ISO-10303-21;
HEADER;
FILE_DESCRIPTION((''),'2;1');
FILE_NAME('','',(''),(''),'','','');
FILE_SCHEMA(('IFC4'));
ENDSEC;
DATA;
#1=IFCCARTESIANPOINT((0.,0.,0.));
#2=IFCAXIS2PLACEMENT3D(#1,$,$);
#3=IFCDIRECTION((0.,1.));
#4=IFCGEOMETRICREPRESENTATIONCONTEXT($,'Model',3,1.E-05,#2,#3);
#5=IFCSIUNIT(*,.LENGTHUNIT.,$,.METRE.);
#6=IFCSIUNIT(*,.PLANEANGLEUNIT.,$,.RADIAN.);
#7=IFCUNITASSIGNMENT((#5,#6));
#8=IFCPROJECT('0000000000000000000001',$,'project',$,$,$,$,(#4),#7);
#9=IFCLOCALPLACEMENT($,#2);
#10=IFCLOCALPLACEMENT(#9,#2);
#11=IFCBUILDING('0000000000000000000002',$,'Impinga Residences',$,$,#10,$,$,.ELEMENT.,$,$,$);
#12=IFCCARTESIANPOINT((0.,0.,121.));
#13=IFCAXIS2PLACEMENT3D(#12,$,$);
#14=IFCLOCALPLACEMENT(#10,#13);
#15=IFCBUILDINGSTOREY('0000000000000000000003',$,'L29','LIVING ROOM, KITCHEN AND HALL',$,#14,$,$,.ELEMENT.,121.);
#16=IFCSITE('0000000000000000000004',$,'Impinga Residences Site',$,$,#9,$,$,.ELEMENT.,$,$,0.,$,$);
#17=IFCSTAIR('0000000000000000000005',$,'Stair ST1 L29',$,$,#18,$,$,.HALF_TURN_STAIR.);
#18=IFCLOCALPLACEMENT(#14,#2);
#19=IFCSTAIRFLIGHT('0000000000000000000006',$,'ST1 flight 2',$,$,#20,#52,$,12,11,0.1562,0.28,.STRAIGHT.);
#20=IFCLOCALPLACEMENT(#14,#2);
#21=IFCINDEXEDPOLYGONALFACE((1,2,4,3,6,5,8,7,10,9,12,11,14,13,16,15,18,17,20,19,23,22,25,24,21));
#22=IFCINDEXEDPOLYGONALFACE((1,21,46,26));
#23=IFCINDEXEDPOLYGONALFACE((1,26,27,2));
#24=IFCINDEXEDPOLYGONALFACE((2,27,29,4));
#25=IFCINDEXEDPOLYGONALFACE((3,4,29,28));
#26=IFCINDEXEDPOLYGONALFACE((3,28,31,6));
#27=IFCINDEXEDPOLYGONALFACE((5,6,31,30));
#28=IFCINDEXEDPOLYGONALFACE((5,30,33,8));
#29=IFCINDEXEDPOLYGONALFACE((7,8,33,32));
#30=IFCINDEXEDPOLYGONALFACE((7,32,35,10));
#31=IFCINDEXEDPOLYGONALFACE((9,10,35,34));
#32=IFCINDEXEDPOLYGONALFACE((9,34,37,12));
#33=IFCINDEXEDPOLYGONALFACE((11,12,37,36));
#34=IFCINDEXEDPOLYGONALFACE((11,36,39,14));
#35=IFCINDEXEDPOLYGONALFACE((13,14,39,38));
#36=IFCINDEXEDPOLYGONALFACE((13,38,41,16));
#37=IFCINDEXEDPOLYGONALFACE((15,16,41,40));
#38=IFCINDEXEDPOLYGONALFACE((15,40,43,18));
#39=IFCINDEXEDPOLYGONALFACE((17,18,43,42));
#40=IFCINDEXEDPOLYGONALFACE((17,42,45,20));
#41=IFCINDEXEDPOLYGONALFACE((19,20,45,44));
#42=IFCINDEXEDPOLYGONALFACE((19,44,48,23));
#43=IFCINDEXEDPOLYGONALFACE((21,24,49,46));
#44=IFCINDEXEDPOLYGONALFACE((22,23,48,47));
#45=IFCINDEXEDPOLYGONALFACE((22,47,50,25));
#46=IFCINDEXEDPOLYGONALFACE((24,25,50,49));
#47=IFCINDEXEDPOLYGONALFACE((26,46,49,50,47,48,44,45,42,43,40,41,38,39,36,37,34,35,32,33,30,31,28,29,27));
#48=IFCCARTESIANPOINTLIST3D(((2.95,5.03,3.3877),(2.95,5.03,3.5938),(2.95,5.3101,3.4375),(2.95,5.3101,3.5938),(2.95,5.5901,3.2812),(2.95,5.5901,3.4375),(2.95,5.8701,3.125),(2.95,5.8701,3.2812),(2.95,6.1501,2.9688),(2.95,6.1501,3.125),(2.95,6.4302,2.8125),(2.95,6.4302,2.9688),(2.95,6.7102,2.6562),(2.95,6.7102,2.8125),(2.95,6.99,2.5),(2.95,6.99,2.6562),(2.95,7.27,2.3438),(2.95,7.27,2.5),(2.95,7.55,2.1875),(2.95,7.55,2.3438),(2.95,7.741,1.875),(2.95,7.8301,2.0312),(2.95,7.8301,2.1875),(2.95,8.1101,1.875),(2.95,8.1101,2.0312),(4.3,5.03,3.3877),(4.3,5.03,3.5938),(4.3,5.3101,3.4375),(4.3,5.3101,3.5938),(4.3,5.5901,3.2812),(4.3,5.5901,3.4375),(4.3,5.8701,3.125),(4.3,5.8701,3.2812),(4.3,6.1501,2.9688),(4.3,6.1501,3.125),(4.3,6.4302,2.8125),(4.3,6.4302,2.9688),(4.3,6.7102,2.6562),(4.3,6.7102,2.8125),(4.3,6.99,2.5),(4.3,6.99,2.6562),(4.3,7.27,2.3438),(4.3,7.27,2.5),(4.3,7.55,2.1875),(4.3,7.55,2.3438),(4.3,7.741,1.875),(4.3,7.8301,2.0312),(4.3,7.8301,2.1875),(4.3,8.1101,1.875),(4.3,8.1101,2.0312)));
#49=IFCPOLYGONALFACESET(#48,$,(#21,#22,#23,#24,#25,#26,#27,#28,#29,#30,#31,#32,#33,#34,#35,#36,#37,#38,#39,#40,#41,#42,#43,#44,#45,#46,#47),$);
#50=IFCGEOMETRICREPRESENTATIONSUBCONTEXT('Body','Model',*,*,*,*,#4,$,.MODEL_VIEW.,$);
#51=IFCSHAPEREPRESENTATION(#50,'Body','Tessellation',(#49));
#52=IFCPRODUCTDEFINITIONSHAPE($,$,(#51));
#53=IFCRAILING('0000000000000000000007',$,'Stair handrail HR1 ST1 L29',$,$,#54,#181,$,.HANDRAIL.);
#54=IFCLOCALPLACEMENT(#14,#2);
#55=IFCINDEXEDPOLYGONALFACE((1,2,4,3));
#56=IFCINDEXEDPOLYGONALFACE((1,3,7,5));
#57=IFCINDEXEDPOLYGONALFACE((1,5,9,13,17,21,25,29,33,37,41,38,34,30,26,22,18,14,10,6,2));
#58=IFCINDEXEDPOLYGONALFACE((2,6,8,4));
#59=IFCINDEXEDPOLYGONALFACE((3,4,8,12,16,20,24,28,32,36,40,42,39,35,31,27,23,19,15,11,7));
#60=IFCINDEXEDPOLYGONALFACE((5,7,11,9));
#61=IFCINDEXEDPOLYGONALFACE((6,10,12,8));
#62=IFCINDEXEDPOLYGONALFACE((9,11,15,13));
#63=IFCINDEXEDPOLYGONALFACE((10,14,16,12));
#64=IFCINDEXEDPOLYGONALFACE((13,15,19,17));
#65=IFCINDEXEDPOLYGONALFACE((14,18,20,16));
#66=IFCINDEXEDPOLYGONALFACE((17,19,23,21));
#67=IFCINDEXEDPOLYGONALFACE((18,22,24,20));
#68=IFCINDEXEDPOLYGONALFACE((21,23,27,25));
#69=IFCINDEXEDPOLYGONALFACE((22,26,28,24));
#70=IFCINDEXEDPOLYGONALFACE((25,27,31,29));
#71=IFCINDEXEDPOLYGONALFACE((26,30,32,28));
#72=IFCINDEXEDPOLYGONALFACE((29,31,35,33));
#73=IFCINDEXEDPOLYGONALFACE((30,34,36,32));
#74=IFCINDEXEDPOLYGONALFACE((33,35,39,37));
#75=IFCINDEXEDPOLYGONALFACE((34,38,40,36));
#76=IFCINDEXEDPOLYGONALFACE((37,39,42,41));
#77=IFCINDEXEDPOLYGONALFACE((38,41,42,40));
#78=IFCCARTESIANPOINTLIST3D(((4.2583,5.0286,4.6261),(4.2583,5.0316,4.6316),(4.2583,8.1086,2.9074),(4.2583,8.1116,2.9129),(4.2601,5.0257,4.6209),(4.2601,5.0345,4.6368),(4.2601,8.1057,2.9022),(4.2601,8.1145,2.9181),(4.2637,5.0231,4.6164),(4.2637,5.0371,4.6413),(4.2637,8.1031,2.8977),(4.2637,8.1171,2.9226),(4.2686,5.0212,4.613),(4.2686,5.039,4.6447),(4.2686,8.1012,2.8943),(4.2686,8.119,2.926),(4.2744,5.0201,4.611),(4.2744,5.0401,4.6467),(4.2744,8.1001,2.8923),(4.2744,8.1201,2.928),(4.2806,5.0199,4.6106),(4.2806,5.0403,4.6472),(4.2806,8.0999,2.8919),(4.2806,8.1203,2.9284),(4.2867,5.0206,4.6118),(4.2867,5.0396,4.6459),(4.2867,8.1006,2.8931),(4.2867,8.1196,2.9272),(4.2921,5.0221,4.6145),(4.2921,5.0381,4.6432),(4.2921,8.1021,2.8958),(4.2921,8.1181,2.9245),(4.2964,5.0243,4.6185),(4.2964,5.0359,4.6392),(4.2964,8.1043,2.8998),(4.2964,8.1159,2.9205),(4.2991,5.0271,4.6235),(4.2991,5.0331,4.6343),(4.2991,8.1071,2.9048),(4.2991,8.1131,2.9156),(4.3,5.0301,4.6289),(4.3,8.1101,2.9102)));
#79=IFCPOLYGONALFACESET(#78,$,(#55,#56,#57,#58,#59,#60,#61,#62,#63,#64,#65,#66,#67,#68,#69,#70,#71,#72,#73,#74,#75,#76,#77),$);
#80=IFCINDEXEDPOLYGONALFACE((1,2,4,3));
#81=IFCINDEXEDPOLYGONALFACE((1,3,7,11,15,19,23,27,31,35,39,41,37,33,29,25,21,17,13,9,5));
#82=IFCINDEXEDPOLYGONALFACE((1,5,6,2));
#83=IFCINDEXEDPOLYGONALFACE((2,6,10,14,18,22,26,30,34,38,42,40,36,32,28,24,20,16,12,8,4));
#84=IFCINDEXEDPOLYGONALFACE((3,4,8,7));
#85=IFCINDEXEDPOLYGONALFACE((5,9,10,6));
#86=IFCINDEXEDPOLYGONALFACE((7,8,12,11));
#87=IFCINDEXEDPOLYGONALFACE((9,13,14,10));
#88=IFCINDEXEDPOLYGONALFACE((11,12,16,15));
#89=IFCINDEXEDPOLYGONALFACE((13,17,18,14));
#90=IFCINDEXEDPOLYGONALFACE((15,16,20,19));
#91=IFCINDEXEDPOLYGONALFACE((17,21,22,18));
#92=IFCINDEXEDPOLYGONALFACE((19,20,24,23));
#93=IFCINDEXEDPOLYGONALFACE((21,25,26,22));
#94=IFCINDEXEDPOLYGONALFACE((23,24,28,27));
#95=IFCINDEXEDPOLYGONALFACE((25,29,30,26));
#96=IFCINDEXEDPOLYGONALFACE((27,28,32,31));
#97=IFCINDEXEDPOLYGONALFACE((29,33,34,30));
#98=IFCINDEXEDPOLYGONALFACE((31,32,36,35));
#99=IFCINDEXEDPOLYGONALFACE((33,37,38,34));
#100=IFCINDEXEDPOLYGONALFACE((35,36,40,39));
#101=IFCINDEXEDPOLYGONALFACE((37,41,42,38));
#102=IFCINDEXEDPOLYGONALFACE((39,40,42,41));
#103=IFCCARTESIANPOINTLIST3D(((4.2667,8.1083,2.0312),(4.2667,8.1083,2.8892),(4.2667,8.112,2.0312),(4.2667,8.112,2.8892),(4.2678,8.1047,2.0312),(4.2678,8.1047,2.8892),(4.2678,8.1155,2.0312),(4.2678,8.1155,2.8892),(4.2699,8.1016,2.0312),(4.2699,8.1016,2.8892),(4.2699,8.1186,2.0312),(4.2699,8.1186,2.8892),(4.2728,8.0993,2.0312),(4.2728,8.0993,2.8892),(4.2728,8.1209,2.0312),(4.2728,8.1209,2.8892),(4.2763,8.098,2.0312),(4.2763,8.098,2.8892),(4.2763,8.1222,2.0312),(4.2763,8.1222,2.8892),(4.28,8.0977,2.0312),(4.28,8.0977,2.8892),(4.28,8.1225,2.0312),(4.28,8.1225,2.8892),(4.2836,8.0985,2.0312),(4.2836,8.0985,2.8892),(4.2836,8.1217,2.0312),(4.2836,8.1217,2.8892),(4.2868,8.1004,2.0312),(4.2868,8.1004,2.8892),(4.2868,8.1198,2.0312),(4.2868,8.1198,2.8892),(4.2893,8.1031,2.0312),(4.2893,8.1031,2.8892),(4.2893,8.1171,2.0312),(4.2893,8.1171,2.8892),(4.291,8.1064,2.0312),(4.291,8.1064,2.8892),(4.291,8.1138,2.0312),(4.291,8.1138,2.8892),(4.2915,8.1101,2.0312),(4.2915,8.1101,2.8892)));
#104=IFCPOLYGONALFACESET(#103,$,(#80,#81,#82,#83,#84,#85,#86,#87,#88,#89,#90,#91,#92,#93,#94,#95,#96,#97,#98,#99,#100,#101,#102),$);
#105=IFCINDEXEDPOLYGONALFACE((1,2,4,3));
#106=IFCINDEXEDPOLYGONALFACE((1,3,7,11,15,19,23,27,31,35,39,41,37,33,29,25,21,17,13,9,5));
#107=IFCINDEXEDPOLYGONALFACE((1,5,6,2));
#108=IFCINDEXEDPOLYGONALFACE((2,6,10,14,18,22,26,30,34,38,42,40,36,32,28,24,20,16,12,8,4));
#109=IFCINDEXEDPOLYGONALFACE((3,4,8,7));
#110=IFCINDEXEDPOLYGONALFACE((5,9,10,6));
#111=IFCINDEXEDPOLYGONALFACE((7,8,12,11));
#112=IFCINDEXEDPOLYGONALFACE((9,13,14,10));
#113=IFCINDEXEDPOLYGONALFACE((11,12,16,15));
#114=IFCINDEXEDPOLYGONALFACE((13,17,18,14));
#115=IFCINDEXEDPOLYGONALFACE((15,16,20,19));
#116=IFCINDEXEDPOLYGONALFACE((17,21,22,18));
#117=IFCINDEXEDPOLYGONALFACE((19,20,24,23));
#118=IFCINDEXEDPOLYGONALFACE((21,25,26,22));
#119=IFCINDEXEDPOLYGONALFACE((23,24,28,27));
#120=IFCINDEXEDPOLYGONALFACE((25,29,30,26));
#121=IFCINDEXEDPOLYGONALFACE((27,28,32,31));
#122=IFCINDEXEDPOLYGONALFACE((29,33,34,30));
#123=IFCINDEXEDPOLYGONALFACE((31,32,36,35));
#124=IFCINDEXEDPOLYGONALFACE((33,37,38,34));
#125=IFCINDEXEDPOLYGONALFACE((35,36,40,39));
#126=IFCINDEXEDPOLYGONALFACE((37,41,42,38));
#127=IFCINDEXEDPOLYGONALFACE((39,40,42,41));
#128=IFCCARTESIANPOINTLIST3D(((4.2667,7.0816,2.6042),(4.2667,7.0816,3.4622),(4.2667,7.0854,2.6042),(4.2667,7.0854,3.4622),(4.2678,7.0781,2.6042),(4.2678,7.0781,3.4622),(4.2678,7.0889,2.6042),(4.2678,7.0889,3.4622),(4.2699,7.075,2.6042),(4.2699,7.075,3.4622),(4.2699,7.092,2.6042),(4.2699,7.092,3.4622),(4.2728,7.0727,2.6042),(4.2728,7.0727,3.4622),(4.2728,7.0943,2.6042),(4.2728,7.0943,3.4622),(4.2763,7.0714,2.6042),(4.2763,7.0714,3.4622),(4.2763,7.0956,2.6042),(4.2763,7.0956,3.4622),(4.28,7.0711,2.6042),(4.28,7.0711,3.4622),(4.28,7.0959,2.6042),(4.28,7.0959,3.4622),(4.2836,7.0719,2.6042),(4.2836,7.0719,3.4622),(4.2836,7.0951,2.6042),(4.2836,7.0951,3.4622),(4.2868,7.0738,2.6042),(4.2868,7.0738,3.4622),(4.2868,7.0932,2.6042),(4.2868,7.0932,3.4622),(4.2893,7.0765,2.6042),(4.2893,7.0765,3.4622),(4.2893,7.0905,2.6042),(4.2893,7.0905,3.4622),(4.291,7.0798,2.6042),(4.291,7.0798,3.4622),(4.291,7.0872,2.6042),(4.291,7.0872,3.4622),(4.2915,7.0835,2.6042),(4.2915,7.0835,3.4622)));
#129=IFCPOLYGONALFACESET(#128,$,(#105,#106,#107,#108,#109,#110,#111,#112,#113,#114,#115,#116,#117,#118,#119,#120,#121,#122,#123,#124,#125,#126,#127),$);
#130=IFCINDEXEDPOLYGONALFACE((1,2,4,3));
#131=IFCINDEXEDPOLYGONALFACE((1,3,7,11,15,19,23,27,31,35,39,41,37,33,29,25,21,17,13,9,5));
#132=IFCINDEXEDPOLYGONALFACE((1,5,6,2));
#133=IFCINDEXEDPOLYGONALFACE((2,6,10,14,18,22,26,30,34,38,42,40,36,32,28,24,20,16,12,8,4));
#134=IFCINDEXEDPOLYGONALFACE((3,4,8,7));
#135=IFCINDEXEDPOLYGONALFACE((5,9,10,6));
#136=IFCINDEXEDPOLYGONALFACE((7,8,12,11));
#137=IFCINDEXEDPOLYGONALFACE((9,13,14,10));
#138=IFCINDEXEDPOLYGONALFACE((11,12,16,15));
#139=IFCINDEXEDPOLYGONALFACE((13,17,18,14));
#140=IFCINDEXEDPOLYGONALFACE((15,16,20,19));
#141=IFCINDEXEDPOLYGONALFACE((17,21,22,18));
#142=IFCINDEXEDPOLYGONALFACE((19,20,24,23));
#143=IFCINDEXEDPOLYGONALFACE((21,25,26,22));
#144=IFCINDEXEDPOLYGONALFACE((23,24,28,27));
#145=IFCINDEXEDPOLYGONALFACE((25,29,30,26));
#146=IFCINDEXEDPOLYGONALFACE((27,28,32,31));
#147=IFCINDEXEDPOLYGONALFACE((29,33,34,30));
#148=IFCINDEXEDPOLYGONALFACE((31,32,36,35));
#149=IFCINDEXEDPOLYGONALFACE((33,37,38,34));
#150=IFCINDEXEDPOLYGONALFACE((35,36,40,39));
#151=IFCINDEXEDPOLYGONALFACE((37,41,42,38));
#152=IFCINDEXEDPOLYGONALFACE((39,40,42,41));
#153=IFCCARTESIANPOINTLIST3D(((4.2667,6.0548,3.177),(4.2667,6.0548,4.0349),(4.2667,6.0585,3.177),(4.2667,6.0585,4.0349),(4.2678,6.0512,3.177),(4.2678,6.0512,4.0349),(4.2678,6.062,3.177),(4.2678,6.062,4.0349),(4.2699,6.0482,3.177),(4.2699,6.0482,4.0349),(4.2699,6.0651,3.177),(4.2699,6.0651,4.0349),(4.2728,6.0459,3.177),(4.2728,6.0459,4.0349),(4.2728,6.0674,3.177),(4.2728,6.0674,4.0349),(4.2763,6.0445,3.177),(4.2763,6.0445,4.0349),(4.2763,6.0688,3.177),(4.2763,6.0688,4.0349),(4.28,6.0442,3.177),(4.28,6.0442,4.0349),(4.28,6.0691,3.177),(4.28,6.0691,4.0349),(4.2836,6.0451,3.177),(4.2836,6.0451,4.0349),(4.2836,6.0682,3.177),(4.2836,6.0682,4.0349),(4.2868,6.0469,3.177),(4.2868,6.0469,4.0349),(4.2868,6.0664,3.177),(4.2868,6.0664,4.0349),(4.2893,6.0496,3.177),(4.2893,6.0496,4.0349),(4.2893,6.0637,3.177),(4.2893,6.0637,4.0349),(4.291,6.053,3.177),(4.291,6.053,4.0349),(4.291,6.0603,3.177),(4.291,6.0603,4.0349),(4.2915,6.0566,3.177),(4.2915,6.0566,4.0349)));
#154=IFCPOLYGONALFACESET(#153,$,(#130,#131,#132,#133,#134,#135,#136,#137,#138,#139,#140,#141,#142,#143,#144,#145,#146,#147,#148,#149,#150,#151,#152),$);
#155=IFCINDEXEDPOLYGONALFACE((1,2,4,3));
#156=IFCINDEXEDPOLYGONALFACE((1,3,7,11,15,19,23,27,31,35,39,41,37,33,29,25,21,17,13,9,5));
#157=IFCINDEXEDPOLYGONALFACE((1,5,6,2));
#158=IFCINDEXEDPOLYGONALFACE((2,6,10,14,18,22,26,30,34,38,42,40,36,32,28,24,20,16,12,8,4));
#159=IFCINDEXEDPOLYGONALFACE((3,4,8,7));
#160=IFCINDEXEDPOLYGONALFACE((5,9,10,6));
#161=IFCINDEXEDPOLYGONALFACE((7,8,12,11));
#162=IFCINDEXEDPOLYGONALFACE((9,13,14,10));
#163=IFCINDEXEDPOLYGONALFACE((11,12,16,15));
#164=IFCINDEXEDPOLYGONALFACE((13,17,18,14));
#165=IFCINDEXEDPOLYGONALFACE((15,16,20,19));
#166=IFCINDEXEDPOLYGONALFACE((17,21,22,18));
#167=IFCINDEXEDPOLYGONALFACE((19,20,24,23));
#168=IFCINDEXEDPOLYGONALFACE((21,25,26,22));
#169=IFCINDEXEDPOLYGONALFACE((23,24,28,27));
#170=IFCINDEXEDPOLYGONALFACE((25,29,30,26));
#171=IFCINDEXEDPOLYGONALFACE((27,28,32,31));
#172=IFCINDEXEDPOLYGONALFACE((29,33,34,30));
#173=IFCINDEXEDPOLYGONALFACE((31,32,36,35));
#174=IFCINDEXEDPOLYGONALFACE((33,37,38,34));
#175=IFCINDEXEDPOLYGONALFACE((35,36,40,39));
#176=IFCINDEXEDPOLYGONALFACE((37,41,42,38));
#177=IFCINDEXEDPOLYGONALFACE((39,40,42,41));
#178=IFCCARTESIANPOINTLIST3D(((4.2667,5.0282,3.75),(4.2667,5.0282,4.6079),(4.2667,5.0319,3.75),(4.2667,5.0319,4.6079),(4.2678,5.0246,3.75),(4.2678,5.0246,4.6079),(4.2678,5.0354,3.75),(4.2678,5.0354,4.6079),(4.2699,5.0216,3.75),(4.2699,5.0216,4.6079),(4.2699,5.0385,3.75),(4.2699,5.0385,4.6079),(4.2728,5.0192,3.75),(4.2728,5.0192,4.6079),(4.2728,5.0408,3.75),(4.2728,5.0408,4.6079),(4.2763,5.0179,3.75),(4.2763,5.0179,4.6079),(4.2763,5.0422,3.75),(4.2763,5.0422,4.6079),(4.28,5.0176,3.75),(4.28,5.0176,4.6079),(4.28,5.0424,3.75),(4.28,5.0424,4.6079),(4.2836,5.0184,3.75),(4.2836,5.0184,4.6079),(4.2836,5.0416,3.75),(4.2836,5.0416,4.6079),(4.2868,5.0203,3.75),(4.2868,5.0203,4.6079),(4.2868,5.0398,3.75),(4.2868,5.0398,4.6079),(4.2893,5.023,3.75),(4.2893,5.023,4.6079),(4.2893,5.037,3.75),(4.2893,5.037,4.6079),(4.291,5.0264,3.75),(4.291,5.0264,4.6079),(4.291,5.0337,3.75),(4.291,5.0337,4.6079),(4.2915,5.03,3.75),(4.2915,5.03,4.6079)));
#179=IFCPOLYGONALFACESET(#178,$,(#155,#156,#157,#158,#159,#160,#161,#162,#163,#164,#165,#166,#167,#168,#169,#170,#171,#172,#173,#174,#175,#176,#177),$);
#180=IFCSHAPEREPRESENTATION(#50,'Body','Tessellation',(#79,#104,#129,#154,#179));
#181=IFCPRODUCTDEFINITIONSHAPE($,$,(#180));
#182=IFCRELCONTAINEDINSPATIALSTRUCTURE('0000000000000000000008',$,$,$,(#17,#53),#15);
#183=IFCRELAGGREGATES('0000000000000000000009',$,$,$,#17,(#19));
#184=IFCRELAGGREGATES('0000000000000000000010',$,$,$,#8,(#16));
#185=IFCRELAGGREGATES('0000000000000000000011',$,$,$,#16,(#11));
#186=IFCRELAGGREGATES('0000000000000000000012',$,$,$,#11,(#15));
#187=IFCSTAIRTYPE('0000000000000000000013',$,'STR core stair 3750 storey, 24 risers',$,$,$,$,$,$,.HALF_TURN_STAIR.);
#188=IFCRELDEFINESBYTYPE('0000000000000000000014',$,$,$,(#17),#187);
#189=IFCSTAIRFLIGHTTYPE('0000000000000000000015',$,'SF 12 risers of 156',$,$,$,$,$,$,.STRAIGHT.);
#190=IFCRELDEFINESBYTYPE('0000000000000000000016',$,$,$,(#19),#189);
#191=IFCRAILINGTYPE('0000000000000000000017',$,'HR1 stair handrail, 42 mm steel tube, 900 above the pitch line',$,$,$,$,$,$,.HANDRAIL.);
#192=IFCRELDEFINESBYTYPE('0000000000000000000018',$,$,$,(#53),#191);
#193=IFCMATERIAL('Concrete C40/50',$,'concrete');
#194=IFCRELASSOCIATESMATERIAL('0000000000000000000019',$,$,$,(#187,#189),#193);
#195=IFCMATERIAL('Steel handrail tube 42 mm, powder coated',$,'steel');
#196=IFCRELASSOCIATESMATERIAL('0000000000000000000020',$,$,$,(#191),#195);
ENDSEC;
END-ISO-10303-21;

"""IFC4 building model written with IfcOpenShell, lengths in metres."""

from ifc_helpers import new_model, si_unit, direction, frame, origin, origin_2d, place, context, subcontext, project, spatial, polyline, circle, outline, extrude, material, type_object, element, aggregate, save


model = new_model("IFC4")

# Units and contexts
model_context = context("Model", 3, precision=1e-05, world=origin(), true_north=direction((0.0, 1.0)))
body_context = subcontext(model_context, "Body", "Model", "MODEL_VIEW")
ifc_project = project(units=[si_unit("LENGTHUNIT", "METRE"), si_unit("PLANEANGLEUNIT", "RADIAN")], contexts=[model_context])

# Site, building, storey
site_placement = place(None, origin())
site = spatial("IfcSite", under=ifc_project, at=site_placement, Name="Impinga Residences Site", CompositionType="ELEMENT", RefElevation=0.0)
building_placement = place(site_placement, origin())
building = spatial("IfcBuilding", under=site, at=building_placement, Name="Impinga Residences", CompositionType="ELEMENT")
storey_placement = place(building_placement, frame((0.0, 0.0, 121.0)))
storey = spatial("IfcBuildingStorey", under=building, at=storey_placement, Name="L29", Description="LIVING ROOM, KITCHEN AND HALL", CompositionType="ELEMENT", Elevation=121.0)

# Stair, stair flight
ifc_material_1 = material(Name="Concrete C40/50", Category="concrete")
stair_type = type_object("IfcStairType", Name="STR core stair 3750 storey, 24 risers", PredefinedType="HALF_TURN_STAIR", material=ifc_material_1)
stair_placement = place(storey_placement, origin())
stair = element("IfcStair", 1, at=stair_placement, inside=storey, type_object=stair_type, Name="Stair ST1 L29", PredefinedType="HALF_TURN_STAIR")
stair_flight_type = type_object("IfcStairFlightType", Name="SF 12 risers of 156", PredefinedType="STRAIGHT", material=ifc_material_1)
stair_flight_placement = place(storey_placement, frame((3.625, 8.1101, 1.875), z_axis=(0.0, 0.0, 1.0), x_axis=(0.0, -1.0, 0.0)))
stair_flight = element("IfcStairFlight", 2, at=stair_flight_placement, type_object=stair_flight_type, Name="ST1 flight 2", NumberOfRisers=12, NumberOfTreads=11, PredefinedType="STRAIGHT", RiserHeight=0.1562, TreadLength=0.28, context=body_context, shape_type="SweptSolid", body=[
    extrude(outline(polyline([(0.0, 0.0), (0.0, 0.1562), (0.28, 0.1562), (0.28, 0.3125), (0.5601, 0.3125), (0.5601, 0.4688), (0.8401, 0.4688), (0.8401, 0.625), (1.1201, 0.625), (1.1201, 0.7812), (1.3999, 0.7812), (1.3999, 0.9375), (1.6799, 0.9375), (1.6799, 1.0938), (1.96, 1.0938), (1.96, 1.25), (2.24, 1.25), (2.24, 1.4062), (2.52, 1.4062), (2.52, 1.5625), (2.8, 1.5625), (2.8, 1.7188), (3.0801, 1.7188), (3.0801, 1.875), (3.0801, 1.5127), (0.3691, 0.0), (0.0, 0.0)])), frame((0.0, 0.675, 0.0), z_axis=(0.0, -1.0, 0.0), x_axis=(1.0, 0.0, 0.0)), (0.0, 0.0, 1.0), 1.3501),
])
aggregate(stair, [stair_flight])

# Railing
ifc_material_2 = material(Name="Steel handrail tube 42 mm, powder coated", Category="steel")
railing_type = type_object("IfcRailingType", Name="HR1 stair handrail, 42 mm steel tube, 900 above the pitch line", PredefinedType="HANDRAIL", material=ifc_material_2)
railing_placement = place(storey_placement, frame((4.2791, 8.1101, 2.0312)))
element("IfcRailing", 3, at=railing_placement, inside=storey, type_object=railing_type, Name="Stair handrail HR1 ST1 L29", PredefinedType="HANDRAIL", context=body_context, shape_type="SweptSolid", body=[
    extrude(circle(Radius=0.021, at=origin_2d()), frame((0.0, 0.0, 0.8789), z_axis=(0.0, -0.873242, 0.487288), x_axis=(1.0, 0.0, 0.0)), (0.0, 0.0, 1.0), 3.5271),
    extrude(circle(Radius=0.0125, at=origin_2d()), origin(), (0.0, 0.0, 1.0), 0.8579),
    extrude(circle(Radius=0.0125, at=origin_2d()), frame((0.0, -1.0266, 0.573)), (0.0, 0.0, 1.0), 0.8579),
    extrude(circle(Radius=0.0125, at=origin_2d()), frame((0.0, -2.0535, 1.1458)), (0.0, 0.0, 1.0), 0.8579),
    extrude(circle(Radius=0.0125, at=origin_2d()), frame((0.0, -3.0801, 1.7188)), (0.0, 0.0, 1.0), 0.8579),
])

save(model, "model.ifc")
